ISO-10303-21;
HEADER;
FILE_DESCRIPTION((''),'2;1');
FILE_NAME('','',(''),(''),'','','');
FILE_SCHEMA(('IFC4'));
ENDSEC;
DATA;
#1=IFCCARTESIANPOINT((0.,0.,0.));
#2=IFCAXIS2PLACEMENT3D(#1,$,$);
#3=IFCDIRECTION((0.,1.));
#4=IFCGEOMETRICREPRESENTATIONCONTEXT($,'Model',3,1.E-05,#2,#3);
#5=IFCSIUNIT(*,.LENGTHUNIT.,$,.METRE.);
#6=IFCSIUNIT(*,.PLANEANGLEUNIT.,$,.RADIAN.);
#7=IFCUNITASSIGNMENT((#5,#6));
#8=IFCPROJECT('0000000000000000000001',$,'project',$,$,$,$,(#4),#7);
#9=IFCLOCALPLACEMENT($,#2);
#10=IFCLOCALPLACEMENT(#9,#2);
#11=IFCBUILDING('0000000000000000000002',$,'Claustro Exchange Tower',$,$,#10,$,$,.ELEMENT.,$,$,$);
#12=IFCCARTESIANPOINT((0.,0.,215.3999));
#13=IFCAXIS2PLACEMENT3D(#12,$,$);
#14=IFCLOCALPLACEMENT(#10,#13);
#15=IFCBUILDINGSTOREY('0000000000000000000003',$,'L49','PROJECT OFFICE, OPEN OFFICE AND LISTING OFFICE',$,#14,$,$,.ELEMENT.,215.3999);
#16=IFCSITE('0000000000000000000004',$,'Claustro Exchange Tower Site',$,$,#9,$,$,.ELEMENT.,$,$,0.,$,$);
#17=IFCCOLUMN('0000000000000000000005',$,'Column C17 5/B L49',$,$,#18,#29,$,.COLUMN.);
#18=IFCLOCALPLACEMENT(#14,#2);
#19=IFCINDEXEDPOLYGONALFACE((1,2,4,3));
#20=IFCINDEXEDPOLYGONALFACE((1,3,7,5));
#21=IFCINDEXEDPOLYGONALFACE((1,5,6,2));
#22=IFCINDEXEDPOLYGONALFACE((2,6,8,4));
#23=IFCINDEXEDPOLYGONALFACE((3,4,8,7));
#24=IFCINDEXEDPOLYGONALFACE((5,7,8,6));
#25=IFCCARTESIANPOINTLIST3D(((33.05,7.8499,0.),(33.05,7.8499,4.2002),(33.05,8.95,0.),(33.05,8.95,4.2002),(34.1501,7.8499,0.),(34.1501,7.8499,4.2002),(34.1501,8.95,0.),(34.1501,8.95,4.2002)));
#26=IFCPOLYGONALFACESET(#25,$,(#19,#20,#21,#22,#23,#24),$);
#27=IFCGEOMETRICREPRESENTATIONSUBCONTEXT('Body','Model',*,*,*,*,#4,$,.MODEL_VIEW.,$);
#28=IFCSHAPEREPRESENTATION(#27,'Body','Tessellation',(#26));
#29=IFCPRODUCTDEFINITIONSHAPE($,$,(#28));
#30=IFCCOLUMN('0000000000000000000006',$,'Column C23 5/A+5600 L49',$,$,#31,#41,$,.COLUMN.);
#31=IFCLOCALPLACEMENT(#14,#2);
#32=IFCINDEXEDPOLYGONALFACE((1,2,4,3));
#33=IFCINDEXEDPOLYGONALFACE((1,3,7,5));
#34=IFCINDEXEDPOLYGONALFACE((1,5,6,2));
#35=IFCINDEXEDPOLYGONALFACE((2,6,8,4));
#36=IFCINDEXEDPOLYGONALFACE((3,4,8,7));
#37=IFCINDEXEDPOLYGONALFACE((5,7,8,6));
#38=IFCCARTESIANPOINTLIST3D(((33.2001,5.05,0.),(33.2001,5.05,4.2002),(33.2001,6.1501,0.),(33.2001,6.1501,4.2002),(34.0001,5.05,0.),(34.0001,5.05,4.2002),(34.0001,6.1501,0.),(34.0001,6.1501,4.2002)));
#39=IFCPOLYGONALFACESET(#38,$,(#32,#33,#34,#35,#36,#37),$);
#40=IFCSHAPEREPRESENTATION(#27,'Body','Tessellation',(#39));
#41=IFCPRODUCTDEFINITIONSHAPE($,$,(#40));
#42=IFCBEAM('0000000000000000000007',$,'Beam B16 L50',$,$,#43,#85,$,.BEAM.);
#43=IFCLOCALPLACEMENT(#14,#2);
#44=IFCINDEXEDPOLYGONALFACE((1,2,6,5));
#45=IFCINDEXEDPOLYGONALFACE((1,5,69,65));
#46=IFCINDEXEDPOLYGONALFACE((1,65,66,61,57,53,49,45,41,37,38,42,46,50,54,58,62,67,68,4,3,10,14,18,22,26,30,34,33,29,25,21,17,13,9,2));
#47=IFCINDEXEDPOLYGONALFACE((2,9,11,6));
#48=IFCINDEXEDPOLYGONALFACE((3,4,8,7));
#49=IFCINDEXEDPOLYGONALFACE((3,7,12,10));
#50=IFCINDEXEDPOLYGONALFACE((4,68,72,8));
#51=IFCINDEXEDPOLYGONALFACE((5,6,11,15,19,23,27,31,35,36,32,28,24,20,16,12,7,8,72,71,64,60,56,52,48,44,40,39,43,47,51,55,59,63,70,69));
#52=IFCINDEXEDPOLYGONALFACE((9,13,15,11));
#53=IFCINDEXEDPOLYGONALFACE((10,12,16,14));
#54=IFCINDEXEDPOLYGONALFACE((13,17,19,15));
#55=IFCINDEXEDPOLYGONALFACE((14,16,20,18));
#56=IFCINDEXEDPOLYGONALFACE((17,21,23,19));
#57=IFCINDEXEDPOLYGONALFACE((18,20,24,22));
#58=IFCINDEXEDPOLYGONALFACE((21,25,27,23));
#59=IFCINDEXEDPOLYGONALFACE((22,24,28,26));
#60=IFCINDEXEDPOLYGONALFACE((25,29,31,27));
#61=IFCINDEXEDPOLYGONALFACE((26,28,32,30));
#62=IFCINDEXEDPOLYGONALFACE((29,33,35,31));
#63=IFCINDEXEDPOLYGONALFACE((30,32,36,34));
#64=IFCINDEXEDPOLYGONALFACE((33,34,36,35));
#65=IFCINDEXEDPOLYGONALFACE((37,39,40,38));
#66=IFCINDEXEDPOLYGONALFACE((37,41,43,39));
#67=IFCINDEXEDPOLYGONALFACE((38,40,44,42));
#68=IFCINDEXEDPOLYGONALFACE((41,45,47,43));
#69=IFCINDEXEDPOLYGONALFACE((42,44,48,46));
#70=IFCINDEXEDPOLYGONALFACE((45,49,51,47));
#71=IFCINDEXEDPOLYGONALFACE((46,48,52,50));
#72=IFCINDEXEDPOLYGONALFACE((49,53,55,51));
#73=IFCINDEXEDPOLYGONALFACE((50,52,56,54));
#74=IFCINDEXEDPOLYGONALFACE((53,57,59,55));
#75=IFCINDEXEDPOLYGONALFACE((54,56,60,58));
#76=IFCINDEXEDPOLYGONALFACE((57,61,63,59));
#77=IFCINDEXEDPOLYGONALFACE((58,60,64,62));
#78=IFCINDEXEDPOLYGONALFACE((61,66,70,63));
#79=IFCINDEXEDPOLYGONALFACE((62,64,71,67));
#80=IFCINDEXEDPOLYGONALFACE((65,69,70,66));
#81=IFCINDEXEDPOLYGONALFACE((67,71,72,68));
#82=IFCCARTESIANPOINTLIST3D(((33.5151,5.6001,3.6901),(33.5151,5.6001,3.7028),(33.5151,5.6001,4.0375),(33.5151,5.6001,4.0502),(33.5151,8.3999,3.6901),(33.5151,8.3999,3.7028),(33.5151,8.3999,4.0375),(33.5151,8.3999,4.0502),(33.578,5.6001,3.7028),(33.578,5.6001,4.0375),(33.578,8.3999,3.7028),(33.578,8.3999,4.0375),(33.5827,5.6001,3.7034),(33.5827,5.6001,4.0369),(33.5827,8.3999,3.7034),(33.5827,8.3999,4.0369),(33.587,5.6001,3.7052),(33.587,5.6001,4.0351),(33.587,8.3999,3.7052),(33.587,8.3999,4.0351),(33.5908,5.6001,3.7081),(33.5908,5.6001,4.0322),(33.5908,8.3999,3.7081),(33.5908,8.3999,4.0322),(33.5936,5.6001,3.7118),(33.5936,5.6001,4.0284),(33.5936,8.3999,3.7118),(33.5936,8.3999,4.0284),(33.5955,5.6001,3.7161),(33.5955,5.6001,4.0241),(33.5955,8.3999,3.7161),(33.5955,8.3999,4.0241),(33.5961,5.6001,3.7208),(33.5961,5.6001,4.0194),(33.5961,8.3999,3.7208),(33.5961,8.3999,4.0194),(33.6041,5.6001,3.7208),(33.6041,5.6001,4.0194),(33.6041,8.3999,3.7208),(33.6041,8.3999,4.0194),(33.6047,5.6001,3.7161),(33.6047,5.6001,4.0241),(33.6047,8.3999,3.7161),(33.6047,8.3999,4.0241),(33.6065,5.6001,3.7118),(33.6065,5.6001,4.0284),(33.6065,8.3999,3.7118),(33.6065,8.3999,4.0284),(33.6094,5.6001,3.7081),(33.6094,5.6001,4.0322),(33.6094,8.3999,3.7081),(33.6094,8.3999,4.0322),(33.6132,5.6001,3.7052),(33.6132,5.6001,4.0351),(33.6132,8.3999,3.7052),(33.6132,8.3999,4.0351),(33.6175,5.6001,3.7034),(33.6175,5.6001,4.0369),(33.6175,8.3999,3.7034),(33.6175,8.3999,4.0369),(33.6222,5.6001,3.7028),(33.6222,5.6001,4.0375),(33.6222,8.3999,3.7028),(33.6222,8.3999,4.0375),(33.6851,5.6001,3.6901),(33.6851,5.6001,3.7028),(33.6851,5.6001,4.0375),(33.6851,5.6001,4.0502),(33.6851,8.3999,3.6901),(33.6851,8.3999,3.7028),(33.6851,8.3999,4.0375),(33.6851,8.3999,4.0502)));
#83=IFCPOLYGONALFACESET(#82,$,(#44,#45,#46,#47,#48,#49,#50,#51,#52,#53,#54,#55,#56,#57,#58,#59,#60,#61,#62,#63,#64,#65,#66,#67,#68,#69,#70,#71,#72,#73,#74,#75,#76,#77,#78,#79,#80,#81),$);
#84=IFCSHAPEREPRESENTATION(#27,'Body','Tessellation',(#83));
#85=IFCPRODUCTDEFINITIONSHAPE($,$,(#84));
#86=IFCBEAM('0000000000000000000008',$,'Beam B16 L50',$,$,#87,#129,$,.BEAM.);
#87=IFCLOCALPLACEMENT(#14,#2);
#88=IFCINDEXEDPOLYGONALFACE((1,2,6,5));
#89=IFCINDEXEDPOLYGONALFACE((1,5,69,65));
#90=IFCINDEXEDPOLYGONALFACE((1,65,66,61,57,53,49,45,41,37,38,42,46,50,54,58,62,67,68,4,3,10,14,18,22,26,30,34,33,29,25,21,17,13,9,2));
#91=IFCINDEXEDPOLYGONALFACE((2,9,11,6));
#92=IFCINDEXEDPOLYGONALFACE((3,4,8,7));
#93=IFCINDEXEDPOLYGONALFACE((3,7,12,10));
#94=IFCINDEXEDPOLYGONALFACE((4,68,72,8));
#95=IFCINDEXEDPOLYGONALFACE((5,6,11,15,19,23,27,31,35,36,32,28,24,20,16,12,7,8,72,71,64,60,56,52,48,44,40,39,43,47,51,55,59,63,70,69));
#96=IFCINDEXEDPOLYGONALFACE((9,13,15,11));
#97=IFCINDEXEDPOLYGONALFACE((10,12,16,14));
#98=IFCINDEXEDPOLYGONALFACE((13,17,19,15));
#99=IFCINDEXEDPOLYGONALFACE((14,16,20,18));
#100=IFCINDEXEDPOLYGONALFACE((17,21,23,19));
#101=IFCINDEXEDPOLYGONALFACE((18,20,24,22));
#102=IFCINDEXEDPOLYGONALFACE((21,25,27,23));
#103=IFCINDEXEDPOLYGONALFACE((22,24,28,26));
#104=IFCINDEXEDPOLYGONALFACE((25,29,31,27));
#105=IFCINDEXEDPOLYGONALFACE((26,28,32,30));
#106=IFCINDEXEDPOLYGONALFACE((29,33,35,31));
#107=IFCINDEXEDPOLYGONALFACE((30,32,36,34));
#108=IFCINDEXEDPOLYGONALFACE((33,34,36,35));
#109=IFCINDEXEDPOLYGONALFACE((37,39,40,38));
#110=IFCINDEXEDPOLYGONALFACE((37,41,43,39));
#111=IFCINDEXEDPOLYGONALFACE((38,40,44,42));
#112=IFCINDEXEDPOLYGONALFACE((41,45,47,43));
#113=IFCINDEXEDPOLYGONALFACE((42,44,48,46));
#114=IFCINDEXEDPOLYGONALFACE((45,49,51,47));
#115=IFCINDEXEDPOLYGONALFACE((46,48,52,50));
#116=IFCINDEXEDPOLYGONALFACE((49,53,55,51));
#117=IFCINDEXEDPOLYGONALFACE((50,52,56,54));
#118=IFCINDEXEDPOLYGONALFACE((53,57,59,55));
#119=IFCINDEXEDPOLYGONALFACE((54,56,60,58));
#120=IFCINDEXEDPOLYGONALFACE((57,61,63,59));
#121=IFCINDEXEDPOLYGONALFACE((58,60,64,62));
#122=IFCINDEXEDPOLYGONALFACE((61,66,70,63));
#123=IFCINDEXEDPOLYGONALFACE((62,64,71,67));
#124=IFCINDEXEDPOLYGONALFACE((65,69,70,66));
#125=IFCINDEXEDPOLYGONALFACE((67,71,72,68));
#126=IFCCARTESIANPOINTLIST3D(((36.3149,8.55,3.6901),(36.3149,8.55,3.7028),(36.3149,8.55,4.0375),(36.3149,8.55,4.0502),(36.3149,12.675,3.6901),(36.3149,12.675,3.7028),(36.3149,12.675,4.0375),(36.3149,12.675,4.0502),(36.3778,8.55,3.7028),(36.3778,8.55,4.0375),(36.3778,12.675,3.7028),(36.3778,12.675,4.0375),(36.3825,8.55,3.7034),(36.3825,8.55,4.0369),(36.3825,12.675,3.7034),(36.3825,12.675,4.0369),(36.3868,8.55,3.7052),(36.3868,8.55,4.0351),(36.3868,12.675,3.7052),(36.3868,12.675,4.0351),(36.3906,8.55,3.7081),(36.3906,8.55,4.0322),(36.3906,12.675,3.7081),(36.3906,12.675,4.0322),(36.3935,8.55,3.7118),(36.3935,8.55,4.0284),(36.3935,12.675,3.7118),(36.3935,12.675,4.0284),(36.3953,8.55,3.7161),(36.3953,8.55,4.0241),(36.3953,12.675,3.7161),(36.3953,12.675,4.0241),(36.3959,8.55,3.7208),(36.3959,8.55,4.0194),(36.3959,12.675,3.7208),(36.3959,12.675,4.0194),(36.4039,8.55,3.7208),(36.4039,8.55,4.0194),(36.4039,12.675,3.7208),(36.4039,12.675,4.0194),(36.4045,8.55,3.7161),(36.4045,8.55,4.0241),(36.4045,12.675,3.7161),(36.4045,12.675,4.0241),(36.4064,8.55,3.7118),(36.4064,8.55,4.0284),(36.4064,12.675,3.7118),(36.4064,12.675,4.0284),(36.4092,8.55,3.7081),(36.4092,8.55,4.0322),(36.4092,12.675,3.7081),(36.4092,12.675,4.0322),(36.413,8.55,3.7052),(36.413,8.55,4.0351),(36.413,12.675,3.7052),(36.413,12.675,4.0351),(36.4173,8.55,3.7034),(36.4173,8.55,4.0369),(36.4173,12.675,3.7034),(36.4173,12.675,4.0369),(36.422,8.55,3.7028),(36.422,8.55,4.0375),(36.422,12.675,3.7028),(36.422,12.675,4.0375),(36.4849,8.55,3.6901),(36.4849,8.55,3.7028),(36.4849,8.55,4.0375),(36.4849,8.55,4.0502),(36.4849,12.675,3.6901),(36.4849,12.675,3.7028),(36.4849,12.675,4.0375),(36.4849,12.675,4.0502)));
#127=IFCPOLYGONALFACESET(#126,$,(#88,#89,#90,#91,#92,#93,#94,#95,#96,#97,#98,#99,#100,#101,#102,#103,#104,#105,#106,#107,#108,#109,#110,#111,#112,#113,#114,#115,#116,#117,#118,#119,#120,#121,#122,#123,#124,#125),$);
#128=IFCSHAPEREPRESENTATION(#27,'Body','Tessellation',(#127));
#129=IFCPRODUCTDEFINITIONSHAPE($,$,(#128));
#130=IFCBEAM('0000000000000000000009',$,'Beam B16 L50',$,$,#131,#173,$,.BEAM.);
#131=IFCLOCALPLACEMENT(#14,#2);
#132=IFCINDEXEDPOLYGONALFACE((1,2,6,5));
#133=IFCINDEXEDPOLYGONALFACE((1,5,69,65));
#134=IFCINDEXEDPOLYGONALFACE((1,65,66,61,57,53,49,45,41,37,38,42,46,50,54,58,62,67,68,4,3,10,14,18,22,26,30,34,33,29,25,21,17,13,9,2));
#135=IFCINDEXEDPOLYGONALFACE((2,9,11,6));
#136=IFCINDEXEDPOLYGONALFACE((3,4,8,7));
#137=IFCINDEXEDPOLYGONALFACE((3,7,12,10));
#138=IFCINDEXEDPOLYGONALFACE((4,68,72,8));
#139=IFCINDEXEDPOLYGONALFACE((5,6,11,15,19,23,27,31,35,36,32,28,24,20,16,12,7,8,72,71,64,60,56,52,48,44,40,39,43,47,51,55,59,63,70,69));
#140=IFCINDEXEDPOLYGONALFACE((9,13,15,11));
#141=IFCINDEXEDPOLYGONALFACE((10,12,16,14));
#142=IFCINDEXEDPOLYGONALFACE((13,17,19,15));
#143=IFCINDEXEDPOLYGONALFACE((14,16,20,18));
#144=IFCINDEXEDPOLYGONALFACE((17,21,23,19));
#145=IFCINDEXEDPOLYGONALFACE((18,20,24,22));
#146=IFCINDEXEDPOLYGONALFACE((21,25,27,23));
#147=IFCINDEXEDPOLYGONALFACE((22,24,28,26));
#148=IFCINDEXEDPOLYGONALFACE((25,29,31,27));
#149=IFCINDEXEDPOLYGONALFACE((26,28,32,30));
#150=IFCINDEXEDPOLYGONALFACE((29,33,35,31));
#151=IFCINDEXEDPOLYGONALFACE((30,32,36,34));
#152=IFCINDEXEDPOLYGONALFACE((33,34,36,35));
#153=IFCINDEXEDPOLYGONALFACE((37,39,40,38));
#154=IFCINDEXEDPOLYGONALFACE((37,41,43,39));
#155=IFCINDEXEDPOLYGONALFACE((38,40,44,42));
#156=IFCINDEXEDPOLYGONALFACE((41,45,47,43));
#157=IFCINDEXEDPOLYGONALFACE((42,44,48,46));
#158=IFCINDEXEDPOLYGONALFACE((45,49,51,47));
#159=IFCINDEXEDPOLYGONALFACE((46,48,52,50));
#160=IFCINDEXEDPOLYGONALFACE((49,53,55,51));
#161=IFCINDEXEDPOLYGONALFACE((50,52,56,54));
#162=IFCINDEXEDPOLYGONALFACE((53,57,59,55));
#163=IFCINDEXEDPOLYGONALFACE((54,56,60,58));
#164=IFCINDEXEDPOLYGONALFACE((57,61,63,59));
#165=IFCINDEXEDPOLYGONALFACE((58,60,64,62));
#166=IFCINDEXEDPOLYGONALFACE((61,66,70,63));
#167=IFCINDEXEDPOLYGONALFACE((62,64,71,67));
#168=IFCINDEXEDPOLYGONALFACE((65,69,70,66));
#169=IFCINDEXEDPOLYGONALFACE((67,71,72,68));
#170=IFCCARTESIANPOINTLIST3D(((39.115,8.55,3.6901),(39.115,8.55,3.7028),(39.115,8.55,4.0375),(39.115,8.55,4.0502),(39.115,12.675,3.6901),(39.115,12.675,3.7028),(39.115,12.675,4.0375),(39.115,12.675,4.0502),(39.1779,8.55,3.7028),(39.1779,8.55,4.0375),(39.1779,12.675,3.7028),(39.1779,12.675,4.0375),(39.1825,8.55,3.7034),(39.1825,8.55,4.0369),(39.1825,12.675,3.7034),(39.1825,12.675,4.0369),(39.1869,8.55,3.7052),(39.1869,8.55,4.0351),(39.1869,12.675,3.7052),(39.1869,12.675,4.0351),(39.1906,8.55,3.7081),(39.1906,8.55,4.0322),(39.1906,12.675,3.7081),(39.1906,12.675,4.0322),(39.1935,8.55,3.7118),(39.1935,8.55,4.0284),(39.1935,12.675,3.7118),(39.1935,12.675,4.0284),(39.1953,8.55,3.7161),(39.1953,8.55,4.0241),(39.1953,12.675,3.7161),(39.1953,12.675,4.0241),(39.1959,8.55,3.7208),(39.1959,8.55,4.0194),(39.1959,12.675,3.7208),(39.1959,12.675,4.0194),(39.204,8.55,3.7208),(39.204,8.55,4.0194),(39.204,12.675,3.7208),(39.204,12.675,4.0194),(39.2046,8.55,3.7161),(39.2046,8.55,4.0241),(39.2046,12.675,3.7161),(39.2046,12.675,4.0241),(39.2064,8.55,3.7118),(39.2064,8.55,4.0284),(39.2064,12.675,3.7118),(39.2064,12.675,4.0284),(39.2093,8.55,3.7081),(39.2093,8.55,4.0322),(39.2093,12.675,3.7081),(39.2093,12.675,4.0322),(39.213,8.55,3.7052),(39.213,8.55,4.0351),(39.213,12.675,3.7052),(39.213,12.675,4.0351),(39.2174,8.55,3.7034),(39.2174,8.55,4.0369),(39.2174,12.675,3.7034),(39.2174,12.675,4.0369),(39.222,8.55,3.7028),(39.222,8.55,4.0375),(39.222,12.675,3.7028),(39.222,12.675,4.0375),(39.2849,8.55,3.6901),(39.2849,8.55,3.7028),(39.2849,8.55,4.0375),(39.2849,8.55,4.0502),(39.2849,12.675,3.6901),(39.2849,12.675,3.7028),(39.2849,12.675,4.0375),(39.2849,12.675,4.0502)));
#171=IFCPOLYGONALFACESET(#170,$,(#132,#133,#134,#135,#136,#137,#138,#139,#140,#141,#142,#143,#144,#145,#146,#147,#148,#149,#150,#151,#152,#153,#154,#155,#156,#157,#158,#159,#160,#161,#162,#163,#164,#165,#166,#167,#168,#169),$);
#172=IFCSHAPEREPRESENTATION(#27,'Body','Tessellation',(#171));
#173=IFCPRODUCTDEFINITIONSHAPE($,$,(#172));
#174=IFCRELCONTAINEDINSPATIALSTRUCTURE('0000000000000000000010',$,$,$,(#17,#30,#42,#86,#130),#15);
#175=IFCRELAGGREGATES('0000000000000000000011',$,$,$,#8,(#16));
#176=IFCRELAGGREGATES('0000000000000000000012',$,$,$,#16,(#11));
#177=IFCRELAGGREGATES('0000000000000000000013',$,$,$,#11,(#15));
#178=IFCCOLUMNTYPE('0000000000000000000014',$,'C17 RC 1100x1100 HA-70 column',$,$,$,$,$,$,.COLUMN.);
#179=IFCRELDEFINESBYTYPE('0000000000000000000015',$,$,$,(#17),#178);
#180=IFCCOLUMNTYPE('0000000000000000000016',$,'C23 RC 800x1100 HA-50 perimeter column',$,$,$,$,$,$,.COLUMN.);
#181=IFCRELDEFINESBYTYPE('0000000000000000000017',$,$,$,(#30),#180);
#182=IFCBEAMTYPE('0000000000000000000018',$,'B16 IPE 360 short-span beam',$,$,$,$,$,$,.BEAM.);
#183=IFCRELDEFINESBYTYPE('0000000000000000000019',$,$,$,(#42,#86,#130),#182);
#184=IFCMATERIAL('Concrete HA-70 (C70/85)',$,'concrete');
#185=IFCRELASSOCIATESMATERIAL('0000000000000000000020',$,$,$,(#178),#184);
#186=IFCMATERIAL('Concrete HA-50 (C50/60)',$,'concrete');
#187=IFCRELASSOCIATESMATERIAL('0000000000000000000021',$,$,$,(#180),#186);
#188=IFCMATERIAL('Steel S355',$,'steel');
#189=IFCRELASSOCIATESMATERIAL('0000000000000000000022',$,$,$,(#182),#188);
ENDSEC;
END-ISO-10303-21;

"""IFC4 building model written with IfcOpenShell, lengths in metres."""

from ifc_helpers import new_model, si_unit, direction, frame, origin, origin_2d, place, context, subcontext, project, spatial, rectangle, i_section, extrude, material, material_profile, profile_set, type_object, element, save


model = new_model("IFC4")

# Units and contexts
model_context = context("Model", 3, precision=1e-05, world=origin(), true_north=direction((0.0, 1.0)))
body_context = subcontext(model_context, "Body", "Model", "MODEL_VIEW")
ifc_project = project(units=[si_unit("LENGTHUNIT", "METRE"), si_unit("PLANEANGLEUNIT", "RADIAN")], contexts=[model_context])

# Site, building, storey
site_placement = place(None, origin())
site = spatial("IfcSite", under=ifc_project, at=site_placement, Name="Claustro Exchange Tower Site", CompositionType="ELEMENT", RefElevation=0.0)
building_placement = place(site_placement, origin())
building = spatial("IfcBuilding", under=site, at=building_placement, Name="Claustro Exchange Tower", CompositionType="ELEMENT")
storey_placement = place(building_placement, frame((0.0, 0.0, 215.3999)))
storey = spatial("IfcBuildingStorey", under=building, at=storey_placement, Name="L49", Description="PROJECT OFFICE, OPEN OFFICE AND LISTING OFFICE", CompositionType="ELEMENT", Elevation=215.3999)

# Columns
ifc_material_1 = material(Name="Concrete HA-70 (C70/85)", Category="concrete")
ifc_material_profile_1 = material_profile(ifc_material_1, rectangle(XDim=1.1001, YDim=1.1001, at=origin_2d()), Name="RC 1100x1100")
ifc_profile_set_1 = profile_set([ifc_material_profile_1], Name="Concrete HA-70 (C70/85)")
column_type_1 = type_object("IfcColumnType", Name="C17 RC 1100x1100 HA-70 column", PredefinedType="COLUMN", material=ifc_profile_set_1)
column_1_placement = place(storey_placement, frame((33.6001, 8.3999, 0.0), z_axis=(0.0, 0.0, 1.0), x_axis=(1.0, 0.0, 0.0)))
element("IfcColumn", 1, at=column_1_placement, inside=storey, type_object=column_type_1, Name="Column C17 5/B L49", PredefinedType="COLUMN", context=body_context, shape_type="SweptSolid", body=[
    extrude(rectangle(XDim=1.1001, YDim=1.1001, at=origin_2d()), origin(), (0.0, 0.0, 1.0), 4.2002),
])
ifc_material_2 = material(Name="Concrete HA-50 (C50/60)", Category="concrete")
ifc_material_profile_2 = material_profile(ifc_material_2, rectangle(XDim=0.8, YDim=1.1001, at=origin_2d()), Name="RC 800x1100")
ifc_profile_set_2 = profile_set([ifc_material_profile_2], Name="Concrete HA-50 (C50/60)")
column_type_2 = type_object("IfcColumnType", Name="C23 RC 800x1100 HA-50 perimeter column", PredefinedType="COLUMN", material=ifc_profile_set_2)
column_2_placement = place(storey_placement, frame((33.6001, 5.6001, 0.0), z_axis=(0.0, 0.0, 1.0), x_axis=(1.0, 0.0, 0.0)))
element("IfcColumn", 2, at=column_2_placement, inside=storey, type_object=column_type_2, Name="Column C23 5/A+5600 L49", PredefinedType="COLUMN", context=body_context, shape_type="SweptSolid", body=[
    extrude(rectangle(XDim=0.8, YDim=1.1001, at=origin_2d()), origin(), (0.0, 0.0, 1.0), 4.2002),
])

# Beams
ifc_material_3 = material(Name="Steel S355", Category="steel")
ifc_material_profile_3 = material_profile(ifc_material_3, i_section(OverallWidth=0.1699, OverallDepth=0.3601, WebThickness=0.0081, FlangeThickness=0.0127, FilletRadius=0.0181, at=origin_2d()), Name="IPE 360")
ifc_profile_set_3 = profile_set([ifc_material_profile_3], Name="Steel S355")
beam_type_1 = type_object("IfcBeamType", Name="B16 IPE 360 short-span beam", PredefinedType="BEAM", material=ifc_profile_set_3)
beam_1_placement = place(storey_placement, frame((33.6001, 5.6001, 3.8701), z_axis=(0.0, 1.0, 0.0), x_axis=(-1.0, 0.0, 0.0)))
element("IfcBeam", 3, at=beam_1_placement, inside=storey, type_object=beam_type_1, Name="Beam B16 L50", PredefinedType="BEAM", context=body_context, shape_type="SweptSolid", body=[
    extrude(i_section(OverallWidth=0.1699, OverallDepth=0.3601, WebThickness=0.0081, FlangeThickness=0.0127, FilletRadius=0.0181, at=origin_2d()), origin(), (0.0, 0.0, 1.0), 2.7998),
])
for number, where, z_axis, x_axis, name in (
    (4, (36.3999, 8.55, 3.8701), (0.0, 1.0, 0.0), (-1.0, 0.0, 0.0), "Beam B16 L50"),
    (5, (39.2, 8.55, 3.8701), (0.0, 1.0, 0.0), (-1.0, 0.0, 0.0), "Beam B16 L50"),
):
    element("IfcBeam", number, at=place(storey_placement, frame(where, z_axis=z_axis, x_axis=x_axis)), inside=storey, type_object=beam_type_1, Name=name, PredefinedType="BEAM", context=body_context, shape_type="SweptSolid", body=[
        extrude(i_section(OverallWidth=0.1699, OverallDepth=0.3601, WebThickness=0.0081, FlangeThickness=0.0127, FilletRadius=0.0181, at=origin_2d()), origin(), (0.0, 0.0, 1.0), 4.125),
    ])

save(model, "model.ifc")
